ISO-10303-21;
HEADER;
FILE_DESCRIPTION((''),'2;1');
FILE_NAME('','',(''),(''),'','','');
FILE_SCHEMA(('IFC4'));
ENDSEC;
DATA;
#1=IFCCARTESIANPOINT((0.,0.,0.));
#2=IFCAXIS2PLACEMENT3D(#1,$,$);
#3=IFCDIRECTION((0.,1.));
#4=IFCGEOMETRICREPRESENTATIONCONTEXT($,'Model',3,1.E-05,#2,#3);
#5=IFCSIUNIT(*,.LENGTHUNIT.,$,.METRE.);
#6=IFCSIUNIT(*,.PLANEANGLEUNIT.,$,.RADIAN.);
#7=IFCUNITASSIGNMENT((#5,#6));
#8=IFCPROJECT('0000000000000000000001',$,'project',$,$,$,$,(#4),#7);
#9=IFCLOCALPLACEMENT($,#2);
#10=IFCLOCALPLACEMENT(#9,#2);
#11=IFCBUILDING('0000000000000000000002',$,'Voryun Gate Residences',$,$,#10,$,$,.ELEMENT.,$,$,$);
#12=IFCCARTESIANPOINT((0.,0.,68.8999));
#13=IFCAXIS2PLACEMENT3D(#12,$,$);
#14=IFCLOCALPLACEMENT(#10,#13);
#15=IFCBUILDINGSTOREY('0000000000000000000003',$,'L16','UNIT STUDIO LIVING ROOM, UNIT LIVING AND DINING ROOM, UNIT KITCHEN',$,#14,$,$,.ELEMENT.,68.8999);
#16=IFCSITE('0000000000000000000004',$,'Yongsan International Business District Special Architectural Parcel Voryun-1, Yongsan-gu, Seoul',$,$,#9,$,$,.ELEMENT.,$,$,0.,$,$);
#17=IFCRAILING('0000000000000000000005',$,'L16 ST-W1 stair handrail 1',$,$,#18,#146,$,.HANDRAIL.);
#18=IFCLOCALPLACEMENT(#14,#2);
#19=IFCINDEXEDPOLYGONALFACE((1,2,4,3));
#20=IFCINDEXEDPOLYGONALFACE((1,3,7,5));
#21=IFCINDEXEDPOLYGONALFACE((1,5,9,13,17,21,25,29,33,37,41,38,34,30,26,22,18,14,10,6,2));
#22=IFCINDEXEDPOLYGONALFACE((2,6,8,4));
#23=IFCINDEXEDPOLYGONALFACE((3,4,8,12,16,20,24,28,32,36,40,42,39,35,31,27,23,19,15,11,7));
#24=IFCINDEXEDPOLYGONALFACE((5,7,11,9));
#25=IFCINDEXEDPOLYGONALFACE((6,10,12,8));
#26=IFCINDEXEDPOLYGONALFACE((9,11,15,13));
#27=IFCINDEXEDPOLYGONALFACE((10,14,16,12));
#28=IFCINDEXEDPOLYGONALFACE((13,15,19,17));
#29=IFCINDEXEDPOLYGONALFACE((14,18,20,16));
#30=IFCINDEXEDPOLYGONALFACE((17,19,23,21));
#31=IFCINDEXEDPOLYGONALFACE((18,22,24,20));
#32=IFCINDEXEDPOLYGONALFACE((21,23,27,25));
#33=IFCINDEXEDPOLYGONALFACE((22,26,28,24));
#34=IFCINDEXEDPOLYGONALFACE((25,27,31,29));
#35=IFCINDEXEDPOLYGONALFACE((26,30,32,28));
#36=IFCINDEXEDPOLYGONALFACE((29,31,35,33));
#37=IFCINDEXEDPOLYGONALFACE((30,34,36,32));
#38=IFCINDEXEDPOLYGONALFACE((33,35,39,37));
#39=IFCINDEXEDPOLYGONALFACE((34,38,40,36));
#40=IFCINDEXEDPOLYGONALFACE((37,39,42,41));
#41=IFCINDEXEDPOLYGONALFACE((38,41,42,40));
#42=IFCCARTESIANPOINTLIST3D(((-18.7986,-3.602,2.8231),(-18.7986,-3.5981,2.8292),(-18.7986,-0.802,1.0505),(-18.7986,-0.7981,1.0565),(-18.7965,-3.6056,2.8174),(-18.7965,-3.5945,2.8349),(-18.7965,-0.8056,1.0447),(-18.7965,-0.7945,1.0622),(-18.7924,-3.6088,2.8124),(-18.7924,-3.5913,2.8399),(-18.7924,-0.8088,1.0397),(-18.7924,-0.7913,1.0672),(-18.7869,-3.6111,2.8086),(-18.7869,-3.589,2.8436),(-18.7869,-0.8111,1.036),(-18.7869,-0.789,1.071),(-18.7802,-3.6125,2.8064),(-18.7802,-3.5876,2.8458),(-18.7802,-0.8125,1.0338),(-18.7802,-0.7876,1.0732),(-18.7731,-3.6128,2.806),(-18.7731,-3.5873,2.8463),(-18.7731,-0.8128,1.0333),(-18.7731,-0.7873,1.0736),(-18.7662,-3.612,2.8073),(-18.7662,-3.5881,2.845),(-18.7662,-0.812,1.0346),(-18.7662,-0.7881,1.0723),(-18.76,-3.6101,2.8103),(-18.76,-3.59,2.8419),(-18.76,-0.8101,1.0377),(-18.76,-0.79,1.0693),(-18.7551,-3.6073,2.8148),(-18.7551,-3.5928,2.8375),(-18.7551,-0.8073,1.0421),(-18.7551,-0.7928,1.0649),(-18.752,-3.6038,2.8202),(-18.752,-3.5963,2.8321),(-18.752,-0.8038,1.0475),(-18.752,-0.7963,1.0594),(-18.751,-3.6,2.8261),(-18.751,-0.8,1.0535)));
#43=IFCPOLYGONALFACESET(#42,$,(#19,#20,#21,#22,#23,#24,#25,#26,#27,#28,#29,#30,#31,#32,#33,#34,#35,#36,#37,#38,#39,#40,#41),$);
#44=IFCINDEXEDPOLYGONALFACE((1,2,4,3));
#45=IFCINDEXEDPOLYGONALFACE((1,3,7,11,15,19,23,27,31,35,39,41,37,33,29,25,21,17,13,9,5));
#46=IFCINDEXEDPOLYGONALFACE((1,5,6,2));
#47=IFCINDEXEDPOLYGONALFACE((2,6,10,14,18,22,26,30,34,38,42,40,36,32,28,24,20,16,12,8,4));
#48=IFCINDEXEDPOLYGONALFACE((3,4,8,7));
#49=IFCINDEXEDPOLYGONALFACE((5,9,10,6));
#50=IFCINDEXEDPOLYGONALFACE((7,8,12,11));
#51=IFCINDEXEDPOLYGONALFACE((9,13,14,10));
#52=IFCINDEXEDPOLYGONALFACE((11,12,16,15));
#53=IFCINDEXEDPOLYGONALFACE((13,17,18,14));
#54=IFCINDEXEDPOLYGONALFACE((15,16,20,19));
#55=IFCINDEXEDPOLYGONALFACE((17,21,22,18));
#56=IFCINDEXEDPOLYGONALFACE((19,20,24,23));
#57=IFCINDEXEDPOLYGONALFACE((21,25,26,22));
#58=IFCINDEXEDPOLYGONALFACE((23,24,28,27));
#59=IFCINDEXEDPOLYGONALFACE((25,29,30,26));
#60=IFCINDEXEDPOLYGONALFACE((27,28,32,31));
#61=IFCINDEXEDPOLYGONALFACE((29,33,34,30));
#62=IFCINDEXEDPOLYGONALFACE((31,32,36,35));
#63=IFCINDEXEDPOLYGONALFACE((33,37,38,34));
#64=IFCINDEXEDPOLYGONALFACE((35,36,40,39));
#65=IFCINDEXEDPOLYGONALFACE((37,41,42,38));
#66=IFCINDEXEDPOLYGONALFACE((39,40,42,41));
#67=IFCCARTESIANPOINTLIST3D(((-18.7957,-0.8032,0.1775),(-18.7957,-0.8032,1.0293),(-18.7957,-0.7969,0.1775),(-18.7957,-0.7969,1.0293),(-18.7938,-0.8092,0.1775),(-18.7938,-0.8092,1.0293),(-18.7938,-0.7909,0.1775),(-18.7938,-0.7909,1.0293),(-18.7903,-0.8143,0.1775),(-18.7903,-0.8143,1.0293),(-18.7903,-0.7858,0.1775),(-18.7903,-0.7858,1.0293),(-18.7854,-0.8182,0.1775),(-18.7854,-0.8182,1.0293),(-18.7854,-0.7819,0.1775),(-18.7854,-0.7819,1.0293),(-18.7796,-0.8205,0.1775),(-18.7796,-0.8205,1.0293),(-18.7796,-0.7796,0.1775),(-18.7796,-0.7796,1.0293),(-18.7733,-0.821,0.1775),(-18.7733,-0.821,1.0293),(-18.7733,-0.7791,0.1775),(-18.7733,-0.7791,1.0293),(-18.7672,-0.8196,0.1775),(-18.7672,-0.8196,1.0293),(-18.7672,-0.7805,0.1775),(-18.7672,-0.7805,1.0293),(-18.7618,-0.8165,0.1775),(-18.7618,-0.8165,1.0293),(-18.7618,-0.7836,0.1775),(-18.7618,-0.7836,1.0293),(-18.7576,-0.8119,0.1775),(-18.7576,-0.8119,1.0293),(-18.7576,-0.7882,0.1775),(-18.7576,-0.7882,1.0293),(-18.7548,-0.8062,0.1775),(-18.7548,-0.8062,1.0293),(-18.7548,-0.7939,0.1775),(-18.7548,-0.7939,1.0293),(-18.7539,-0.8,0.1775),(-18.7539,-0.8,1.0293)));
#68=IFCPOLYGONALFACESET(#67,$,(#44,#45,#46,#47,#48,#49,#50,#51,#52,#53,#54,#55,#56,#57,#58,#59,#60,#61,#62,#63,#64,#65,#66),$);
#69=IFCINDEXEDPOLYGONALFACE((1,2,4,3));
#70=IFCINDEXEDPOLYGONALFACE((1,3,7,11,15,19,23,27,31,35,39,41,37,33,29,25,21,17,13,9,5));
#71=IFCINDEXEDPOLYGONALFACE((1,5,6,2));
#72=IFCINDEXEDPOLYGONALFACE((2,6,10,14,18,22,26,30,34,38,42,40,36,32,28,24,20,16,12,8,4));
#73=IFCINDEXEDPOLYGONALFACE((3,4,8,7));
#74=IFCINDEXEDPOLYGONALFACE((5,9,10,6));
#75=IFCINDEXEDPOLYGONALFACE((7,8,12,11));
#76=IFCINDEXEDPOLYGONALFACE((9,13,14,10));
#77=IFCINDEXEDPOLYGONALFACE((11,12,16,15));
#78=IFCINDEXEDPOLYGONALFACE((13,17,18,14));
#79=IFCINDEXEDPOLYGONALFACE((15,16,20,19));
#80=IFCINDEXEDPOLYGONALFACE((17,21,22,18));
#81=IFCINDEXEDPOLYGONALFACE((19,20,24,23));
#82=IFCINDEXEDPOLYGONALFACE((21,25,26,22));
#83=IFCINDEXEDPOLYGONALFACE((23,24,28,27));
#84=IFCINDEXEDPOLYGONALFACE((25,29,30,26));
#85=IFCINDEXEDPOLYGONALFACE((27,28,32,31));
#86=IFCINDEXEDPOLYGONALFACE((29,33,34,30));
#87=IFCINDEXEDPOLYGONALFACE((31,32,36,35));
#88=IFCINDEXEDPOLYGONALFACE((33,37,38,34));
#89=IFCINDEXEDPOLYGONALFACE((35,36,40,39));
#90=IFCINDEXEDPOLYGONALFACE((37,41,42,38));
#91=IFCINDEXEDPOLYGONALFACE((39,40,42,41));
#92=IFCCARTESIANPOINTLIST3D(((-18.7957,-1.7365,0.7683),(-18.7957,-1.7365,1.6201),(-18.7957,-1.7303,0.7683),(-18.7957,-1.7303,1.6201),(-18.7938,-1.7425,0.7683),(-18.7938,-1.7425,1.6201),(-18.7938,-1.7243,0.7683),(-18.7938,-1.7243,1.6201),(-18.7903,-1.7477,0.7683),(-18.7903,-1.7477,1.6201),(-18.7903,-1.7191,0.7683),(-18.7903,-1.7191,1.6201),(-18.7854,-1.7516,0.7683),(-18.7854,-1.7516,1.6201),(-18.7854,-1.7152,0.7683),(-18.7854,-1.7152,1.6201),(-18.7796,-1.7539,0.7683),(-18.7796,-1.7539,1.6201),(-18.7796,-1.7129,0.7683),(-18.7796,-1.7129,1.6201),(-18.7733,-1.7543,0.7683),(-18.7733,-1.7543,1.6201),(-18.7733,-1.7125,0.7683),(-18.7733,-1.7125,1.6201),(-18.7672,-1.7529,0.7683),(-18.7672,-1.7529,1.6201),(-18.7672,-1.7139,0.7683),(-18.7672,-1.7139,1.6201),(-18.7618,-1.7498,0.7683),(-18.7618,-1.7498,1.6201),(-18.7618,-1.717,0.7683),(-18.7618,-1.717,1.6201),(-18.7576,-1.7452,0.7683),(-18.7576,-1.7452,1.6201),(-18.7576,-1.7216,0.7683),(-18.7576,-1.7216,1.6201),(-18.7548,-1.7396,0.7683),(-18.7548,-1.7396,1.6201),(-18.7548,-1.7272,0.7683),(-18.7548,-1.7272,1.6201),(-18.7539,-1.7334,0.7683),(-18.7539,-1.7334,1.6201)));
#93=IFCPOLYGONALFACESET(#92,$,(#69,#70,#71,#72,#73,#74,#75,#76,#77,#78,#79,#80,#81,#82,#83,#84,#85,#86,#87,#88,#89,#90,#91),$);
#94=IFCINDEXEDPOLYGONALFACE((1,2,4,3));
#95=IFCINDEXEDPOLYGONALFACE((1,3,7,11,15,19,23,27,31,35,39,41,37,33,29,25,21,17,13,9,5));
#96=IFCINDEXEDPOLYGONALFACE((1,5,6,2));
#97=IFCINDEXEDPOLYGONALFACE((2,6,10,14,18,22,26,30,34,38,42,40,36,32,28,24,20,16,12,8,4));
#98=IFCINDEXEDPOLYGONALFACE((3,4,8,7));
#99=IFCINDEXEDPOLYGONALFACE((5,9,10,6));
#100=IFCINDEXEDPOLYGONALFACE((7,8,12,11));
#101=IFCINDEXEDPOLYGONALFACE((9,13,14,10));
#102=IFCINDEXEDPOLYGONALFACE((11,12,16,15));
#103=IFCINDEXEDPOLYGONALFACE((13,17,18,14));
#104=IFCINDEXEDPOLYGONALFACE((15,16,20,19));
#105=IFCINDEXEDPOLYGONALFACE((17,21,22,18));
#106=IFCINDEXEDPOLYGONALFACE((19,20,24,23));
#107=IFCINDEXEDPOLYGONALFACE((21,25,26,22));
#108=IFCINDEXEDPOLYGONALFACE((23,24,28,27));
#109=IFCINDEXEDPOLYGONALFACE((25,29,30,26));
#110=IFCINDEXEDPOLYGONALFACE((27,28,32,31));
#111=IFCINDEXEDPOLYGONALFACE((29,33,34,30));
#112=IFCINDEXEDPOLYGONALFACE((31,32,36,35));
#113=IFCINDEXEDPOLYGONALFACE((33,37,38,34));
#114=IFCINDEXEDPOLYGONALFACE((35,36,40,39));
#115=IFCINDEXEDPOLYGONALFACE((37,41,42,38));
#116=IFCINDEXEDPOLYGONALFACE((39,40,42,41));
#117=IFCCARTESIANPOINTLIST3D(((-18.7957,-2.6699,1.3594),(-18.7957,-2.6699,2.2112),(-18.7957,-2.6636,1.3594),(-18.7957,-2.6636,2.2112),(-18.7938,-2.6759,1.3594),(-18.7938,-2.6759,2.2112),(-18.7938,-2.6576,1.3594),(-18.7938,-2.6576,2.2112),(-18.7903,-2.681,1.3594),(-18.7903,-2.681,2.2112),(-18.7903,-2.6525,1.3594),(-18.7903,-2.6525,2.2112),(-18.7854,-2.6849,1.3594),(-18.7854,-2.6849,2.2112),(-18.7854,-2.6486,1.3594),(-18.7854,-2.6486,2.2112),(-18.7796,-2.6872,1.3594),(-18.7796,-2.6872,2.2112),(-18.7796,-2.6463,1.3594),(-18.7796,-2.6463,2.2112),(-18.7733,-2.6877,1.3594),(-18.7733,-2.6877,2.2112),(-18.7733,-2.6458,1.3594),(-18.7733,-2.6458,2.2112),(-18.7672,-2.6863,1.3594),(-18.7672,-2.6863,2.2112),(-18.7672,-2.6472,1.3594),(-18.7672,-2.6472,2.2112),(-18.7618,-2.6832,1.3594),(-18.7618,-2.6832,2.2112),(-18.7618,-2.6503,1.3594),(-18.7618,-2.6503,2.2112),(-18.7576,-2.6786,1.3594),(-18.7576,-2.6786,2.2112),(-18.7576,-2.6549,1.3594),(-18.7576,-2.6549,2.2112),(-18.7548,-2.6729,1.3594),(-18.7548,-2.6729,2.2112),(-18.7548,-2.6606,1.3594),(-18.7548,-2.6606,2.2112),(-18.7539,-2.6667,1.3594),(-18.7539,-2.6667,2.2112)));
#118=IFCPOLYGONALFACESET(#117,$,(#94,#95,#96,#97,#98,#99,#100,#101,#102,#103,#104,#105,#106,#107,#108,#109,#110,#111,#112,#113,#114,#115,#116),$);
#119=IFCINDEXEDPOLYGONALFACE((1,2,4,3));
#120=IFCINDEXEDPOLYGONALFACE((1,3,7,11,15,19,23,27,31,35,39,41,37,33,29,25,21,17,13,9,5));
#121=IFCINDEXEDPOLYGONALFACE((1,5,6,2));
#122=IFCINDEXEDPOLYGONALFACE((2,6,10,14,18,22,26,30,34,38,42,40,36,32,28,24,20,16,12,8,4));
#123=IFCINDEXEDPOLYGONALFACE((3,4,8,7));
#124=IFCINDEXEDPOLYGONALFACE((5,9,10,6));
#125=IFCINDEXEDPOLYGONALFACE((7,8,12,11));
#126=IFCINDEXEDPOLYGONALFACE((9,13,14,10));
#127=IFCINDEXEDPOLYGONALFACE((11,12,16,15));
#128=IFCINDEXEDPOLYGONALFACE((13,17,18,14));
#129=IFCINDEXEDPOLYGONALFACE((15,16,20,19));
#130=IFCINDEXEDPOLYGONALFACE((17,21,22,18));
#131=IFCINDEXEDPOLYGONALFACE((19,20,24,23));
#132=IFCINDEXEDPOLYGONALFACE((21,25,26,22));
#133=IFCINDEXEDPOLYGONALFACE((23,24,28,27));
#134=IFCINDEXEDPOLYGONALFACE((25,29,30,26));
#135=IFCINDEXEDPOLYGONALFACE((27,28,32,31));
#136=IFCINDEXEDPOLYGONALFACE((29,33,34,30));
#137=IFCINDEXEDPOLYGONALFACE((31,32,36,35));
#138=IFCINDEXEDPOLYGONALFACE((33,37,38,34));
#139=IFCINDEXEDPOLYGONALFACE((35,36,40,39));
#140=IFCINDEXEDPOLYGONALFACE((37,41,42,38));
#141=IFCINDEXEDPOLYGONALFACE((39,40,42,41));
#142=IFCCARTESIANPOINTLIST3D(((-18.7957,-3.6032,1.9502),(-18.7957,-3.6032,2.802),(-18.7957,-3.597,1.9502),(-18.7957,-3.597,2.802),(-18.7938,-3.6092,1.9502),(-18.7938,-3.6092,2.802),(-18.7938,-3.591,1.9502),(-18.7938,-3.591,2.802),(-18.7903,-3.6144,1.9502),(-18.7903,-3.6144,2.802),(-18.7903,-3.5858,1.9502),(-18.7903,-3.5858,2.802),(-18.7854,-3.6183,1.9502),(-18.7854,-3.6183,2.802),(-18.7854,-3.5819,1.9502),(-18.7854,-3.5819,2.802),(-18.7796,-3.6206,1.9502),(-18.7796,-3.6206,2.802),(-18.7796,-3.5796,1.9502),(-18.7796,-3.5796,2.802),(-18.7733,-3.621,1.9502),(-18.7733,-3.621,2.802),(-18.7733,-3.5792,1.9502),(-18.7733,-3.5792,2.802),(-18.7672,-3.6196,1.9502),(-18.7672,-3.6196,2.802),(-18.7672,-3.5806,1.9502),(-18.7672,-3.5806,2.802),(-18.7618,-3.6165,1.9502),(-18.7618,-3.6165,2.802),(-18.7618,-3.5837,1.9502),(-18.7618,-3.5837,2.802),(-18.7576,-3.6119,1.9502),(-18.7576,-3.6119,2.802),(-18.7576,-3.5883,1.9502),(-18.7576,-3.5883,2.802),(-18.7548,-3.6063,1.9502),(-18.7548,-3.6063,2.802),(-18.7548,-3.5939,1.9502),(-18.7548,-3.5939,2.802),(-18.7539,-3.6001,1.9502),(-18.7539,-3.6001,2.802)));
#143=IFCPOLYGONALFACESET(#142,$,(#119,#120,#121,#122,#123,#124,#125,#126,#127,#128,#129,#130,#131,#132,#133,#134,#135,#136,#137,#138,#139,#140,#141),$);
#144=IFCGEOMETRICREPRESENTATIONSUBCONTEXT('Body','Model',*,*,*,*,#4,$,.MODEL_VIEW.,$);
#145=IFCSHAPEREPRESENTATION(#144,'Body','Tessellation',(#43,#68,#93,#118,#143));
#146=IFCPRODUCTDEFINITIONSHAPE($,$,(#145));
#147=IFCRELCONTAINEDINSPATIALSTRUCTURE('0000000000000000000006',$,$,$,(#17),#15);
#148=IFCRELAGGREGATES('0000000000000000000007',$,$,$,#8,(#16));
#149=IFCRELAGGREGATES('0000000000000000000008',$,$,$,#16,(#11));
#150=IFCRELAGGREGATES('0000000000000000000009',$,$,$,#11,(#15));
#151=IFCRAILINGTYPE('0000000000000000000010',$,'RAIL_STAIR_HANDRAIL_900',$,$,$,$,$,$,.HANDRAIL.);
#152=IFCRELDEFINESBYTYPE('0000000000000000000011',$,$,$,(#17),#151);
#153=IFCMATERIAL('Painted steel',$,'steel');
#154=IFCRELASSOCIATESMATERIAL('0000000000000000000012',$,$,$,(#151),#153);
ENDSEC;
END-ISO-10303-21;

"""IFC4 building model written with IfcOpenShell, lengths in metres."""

from ifc_helpers import new_model, si_unit, direction, frame, origin, origin_2d, place, context, subcontext, project, spatial, circle, extrude, material, type_object, element, save


model = new_model("IFC4")

# Units and contexts
model_context = context("Model", 3, precision=1e-05, world=origin(), true_north=direction((0.0, 1.0)))
body_context = subcontext(model_context, "Body", "Model", "MODEL_VIEW")
ifc_project = project(units=[si_unit("LENGTHUNIT", "METRE"), si_unit("PLANEANGLEUNIT", "RADIAN")], contexts=[model_context])

# Site, building, storey
site_placement = place(None, origin())
site = spatial("IfcSite", under=ifc_project, at=site_placement, Name="Yongsan International Business District Special Architectural Parcel Voryun-1, Yongsan-gu, Seoul", CompositionType="ELEMENT", RefElevation=0.0)
building_placement = place(site_placement, origin())
building = spatial("IfcBuilding", under=site, at=building_placement, Name="Voryun Gate Residences", CompositionType="ELEMENT")
storey_placement = place(building_placement, frame((0.0, 0.0, 68.8999)))
storey = spatial("IfcBuildingStorey", under=building, at=storey_placement, Name="L16", Description="UNIT STUDIO LIVING ROOM, UNIT LIVING AND DINING ROOM, UNIT KITCHEN", CompositionType="ELEMENT", Elevation=68.8999)

# Railing
ifc_material_1 = material(Name="Painted steel", Category="steel")
railing_type_1 = type_object("IfcRailingType", Name="RAIL_STAIR_HANDRAIL_900", PredefinedType="HANDRAIL", material=ifc_material_1)
railing_1_placement = place(storey_placement, frame((-18.7749, -0.8, 0.1775)))
element("IfcRailing", 1, at=railing_1_placement, inside=storey, type_object=railing_type_1, Name="L16 ST-W1 stair handrail 1", PredefinedType="HANDRAIL", context=body_context, shape_type="SweptSolid", body=[
    extrude(circle(Radius=0.0239, at=origin_2d()), frame((0.0, 0.0, 0.876), z_axis=(0.0, -0.844909, 0.53491), x_axis=(1.0, 0.0, 0.0)), (0.0, 0.0, 1.0), 3.314),
    extrude(circle(Radius=0.021, at=origin_2d()), origin(), (0.0, 0.0, 1.0), 0.8518),
    extrude(circle(Radius=0.021, at=origin_2d()), frame((0.0, -0.9333, 0.5908)), (0.0, 0.0, 1.0), 0.8518),
    extrude(circle(Radius=0.021, at=origin_2d()), frame((0.0, -1.8667, 1.1819)), (0.0, 0.0, 1.0), 0.8518),
    extrude(circle(Radius=0.021, at=origin_2d()), frame((0.0, -2.8, 1.7727)), (0.0, 0.0, 1.0), 0.8518),
])

save(model, "model.ifc")
